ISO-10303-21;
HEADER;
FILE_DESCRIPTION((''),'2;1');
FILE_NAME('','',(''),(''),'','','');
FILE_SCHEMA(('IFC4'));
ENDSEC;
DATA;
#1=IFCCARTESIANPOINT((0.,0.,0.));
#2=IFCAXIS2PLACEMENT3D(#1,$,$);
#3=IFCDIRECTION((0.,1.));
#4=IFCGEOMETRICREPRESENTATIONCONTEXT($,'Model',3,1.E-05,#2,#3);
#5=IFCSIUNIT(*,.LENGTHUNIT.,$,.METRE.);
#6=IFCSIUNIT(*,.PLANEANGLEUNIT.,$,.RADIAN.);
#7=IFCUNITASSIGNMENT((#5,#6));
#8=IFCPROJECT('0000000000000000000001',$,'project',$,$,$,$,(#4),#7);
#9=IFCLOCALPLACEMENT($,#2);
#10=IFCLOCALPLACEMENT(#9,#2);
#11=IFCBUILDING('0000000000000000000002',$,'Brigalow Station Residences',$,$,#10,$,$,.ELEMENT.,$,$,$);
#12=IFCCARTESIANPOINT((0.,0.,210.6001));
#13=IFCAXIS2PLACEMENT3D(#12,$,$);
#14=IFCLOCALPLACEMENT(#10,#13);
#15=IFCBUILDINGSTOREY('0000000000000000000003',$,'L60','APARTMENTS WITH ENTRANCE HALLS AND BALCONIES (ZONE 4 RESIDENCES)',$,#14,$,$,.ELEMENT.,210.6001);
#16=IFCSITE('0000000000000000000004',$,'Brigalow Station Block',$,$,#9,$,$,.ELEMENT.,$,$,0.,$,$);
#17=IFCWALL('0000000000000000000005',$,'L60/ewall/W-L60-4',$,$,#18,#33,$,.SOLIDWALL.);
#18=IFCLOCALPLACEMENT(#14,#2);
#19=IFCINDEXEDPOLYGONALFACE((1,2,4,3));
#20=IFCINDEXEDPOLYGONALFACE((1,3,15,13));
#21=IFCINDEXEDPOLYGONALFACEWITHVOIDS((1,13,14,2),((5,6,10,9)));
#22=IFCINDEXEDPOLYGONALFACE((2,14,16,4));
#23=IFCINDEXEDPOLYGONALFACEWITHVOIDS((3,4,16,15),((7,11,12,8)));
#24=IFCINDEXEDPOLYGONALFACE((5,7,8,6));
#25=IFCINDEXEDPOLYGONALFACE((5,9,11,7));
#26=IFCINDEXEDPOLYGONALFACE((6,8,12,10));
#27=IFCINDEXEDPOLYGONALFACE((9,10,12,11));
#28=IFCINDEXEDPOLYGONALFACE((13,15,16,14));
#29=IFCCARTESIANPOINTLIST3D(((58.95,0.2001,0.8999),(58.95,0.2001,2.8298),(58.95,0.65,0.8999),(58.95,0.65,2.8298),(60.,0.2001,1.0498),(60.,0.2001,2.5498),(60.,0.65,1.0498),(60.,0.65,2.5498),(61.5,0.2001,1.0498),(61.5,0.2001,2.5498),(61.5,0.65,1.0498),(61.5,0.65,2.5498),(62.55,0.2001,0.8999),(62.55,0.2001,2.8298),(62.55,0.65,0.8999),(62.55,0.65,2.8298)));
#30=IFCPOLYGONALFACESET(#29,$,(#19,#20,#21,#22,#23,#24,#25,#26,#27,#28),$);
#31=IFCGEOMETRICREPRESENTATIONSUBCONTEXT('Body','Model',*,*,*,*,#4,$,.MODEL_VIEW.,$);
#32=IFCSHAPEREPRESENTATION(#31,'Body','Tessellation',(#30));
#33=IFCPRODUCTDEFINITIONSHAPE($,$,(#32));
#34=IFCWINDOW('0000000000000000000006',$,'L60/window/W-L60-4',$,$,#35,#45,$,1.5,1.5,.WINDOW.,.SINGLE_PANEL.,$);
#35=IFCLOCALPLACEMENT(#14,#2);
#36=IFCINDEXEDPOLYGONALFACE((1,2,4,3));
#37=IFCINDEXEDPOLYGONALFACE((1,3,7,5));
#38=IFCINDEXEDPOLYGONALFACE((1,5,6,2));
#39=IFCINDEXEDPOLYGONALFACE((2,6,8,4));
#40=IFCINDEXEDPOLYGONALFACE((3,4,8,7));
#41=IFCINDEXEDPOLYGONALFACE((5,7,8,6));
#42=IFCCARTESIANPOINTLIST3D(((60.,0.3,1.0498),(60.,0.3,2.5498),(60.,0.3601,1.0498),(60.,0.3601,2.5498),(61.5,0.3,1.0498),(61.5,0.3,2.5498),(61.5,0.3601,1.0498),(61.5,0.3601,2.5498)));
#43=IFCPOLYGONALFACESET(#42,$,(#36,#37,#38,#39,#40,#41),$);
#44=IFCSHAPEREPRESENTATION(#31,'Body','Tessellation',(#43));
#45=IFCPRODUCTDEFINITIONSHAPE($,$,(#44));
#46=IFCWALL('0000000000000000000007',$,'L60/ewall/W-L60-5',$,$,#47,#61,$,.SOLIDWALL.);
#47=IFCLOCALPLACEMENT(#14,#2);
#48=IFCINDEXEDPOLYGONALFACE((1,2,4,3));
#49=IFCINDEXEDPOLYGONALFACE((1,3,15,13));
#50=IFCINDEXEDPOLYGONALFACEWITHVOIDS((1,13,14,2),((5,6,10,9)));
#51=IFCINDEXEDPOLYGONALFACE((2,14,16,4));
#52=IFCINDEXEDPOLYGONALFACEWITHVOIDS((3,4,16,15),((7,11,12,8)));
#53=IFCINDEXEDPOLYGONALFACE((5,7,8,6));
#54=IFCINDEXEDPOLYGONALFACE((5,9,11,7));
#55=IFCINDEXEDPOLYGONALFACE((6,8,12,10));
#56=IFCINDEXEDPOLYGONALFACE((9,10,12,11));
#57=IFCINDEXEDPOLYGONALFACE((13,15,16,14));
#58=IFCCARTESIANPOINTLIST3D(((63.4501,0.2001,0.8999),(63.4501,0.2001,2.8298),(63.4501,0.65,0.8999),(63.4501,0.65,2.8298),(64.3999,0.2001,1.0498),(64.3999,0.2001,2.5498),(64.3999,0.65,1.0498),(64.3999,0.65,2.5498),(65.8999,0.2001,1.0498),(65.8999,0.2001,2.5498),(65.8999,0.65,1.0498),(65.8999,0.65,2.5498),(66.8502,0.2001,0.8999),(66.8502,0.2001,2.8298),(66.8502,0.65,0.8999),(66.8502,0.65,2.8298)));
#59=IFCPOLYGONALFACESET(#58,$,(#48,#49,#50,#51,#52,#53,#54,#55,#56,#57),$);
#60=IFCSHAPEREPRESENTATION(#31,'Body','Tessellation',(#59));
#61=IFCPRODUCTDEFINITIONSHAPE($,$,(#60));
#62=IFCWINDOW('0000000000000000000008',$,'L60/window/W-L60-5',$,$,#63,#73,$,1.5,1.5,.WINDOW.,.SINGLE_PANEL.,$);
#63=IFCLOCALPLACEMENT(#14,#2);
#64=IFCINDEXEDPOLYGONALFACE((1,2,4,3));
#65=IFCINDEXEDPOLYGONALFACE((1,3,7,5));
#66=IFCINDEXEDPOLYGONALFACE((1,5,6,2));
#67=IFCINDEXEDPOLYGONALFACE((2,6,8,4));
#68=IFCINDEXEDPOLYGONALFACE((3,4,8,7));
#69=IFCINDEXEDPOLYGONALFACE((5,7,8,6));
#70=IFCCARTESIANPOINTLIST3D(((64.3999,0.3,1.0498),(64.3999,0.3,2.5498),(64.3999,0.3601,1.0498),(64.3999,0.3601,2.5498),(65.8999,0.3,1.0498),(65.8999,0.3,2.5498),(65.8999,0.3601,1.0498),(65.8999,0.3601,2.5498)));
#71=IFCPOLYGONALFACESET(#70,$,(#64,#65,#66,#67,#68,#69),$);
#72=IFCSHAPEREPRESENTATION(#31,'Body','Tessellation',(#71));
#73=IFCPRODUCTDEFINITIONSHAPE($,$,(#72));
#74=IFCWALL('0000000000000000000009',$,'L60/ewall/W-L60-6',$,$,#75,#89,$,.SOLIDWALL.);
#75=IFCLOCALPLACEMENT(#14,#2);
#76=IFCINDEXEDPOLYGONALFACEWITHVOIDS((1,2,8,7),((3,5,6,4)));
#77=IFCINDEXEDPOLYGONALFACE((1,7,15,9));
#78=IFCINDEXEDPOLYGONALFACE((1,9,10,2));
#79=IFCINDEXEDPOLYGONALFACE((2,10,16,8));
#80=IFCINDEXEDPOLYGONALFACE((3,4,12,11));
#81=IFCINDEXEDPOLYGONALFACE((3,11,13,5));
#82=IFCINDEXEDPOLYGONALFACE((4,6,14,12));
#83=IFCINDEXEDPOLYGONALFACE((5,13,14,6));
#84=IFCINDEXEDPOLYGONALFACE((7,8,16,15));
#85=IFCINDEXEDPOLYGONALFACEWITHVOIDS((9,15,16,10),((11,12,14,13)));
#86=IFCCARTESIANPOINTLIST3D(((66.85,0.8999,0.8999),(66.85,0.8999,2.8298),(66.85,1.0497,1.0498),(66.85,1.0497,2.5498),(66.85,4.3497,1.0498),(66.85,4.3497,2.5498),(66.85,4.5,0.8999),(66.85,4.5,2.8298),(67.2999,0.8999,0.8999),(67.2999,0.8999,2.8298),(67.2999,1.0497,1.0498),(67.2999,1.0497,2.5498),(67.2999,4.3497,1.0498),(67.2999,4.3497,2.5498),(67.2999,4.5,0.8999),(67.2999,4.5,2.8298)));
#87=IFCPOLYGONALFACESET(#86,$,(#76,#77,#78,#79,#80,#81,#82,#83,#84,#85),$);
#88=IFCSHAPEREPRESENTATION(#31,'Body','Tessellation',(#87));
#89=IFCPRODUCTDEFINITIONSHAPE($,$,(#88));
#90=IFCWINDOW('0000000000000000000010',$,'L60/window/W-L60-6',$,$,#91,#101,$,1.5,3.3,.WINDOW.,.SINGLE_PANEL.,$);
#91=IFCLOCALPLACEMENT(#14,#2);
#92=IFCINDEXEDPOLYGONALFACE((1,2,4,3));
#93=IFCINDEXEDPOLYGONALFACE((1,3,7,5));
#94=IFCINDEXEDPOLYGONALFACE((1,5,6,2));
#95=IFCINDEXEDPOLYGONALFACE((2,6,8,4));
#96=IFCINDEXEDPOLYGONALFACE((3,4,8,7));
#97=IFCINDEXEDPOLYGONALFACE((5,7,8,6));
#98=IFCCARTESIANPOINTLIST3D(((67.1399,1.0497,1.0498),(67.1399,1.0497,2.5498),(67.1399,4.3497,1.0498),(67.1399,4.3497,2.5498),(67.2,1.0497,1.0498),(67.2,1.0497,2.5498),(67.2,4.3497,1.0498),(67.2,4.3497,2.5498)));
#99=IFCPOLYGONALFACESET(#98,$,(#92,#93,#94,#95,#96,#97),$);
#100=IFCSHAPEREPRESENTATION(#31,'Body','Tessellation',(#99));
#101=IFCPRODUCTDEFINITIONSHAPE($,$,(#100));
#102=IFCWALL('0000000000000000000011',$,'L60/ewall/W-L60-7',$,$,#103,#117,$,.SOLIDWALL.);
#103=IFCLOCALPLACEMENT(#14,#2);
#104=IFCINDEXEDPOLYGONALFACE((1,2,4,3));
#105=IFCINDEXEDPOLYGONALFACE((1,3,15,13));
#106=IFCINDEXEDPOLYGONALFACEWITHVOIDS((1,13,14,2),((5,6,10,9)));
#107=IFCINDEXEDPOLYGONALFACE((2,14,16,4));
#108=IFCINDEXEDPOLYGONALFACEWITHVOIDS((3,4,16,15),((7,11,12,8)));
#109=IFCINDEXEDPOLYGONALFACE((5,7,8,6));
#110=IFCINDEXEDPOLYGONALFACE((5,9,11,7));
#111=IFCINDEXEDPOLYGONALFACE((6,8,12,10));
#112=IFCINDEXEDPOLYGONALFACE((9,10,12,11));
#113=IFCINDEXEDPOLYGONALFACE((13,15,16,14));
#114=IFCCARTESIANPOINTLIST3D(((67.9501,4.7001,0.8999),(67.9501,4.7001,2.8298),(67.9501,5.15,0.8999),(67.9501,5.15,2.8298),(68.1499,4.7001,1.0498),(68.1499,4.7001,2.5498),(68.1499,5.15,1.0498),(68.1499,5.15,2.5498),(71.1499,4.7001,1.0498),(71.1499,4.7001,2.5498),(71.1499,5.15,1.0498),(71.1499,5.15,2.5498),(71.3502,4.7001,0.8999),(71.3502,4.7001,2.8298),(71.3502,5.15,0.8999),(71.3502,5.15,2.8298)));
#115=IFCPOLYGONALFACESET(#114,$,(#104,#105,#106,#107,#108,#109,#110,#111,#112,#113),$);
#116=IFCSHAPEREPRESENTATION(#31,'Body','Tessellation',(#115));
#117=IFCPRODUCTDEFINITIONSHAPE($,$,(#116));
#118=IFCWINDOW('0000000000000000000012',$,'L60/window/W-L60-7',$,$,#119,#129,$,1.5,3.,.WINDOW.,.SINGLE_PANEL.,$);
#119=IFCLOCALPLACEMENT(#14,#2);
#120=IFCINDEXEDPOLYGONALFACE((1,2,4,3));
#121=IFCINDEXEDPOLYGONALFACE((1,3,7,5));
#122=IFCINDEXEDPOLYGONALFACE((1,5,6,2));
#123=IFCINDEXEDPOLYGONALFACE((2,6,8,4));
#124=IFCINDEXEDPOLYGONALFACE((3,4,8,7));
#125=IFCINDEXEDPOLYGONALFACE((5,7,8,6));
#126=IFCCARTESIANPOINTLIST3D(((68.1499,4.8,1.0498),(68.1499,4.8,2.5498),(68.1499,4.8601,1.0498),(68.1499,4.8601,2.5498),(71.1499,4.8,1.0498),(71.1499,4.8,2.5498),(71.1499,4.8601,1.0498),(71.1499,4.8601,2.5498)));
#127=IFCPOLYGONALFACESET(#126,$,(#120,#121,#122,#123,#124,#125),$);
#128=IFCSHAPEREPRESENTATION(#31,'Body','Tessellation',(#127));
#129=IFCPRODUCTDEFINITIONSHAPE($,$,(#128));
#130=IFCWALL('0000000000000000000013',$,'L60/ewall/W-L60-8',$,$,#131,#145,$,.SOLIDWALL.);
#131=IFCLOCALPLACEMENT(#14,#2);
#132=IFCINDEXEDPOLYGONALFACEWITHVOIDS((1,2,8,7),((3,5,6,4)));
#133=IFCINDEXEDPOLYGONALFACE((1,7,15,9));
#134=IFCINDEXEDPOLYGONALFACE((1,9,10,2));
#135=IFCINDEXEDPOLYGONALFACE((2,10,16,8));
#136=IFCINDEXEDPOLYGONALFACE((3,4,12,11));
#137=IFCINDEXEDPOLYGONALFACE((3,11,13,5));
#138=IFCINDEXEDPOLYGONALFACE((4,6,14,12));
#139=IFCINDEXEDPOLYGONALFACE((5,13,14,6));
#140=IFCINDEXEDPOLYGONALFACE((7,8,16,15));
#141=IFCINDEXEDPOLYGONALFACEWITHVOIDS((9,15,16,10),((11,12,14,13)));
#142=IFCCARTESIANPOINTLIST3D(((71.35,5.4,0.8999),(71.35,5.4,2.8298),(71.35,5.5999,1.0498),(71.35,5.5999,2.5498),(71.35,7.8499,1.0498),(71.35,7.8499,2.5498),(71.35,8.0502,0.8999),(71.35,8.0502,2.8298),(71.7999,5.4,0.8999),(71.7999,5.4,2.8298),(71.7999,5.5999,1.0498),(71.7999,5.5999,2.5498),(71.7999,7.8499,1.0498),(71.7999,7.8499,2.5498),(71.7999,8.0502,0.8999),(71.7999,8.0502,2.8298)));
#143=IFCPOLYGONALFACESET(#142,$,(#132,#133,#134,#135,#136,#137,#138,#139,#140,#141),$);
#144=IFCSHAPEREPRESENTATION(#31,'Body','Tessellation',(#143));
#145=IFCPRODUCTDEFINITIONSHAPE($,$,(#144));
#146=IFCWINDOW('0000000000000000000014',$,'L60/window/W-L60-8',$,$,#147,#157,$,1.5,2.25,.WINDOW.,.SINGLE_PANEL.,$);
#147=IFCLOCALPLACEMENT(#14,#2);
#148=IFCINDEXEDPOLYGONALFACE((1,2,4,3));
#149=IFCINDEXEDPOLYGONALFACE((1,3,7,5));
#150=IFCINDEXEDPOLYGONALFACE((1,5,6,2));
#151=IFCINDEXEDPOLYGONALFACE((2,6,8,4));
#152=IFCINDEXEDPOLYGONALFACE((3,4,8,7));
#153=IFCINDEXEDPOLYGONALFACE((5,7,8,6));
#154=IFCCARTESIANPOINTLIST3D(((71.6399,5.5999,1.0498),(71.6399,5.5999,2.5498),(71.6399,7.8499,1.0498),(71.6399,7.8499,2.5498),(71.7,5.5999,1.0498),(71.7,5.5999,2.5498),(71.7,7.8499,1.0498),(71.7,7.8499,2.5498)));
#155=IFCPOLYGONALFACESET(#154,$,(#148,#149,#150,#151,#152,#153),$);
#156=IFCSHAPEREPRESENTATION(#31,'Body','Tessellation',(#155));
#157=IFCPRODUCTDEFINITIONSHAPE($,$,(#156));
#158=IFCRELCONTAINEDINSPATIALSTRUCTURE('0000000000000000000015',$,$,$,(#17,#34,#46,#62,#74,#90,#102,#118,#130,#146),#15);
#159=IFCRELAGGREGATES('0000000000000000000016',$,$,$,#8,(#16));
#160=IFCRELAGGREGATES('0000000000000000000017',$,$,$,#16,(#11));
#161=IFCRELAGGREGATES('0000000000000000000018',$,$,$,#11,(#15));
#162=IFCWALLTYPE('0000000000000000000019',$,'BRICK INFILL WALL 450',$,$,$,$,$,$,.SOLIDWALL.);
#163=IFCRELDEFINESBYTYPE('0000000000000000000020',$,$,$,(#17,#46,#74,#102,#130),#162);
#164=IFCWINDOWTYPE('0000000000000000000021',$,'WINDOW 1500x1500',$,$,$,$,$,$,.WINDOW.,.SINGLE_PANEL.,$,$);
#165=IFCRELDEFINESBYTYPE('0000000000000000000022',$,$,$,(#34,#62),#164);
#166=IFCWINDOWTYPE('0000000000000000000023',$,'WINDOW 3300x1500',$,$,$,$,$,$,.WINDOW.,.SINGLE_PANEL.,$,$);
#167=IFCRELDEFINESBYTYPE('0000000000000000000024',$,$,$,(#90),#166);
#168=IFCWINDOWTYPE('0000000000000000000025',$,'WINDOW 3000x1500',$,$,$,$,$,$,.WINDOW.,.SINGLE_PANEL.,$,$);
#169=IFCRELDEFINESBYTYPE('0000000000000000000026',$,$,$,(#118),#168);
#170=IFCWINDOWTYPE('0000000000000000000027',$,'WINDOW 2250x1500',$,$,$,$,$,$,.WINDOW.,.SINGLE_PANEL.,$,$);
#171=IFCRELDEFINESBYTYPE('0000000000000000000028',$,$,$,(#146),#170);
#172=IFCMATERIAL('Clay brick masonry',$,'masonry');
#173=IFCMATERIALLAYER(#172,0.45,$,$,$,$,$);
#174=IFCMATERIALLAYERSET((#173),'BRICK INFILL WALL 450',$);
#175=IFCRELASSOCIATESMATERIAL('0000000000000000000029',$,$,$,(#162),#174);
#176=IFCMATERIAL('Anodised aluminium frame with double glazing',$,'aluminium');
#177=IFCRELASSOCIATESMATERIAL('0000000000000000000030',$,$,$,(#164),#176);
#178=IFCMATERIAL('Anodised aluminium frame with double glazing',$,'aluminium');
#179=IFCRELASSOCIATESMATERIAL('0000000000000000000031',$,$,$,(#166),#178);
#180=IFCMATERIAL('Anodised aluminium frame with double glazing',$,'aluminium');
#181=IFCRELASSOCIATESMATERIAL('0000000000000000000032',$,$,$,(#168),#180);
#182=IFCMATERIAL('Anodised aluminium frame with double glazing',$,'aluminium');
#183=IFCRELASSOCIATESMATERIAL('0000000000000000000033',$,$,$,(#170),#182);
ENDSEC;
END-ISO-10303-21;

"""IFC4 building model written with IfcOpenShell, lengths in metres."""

from ifc_helpers import new_model, si_unit, direction, frame, frame_2d, origin, place, context, subcontext, project, spatial, rectangle, extrude, material, layer, layer_set, type_object, element, fill, save


model = new_model("IFC4")

# Units and contexts
model_context = context("Model", 3, precision=1e-05, world=origin(), true_north=direction((0.0, 1.0)))
body_context = subcontext(model_context, "Body", "Model", "MODEL_VIEW")
ifc_project = project(units=[si_unit("LENGTHUNIT", "METRE"), si_unit("PLANEANGLEUNIT", "RADIAN")], contexts=[model_context])

# Site, building, storey
site_placement = place(None, origin())
site = spatial("IfcSite", under=ifc_project, at=site_placement, Name="Brigalow Station Block", CompositionType="ELEMENT", RefElevation=0.0)
building_placement = place(site_placement, origin())
building = spatial("IfcBuilding", under=site, at=building_placement, Name="Brigalow Station Residences", CompositionType="ELEMENT")
storey_placement = place(building_placement, frame((0.0, 0.0, 210.6001)))
storey = spatial("IfcBuildingStorey", under=building, at=storey_placement, Name="L60", Description="APARTMENTS WITH ENTRANCE HALLS AND BALCONIES (ZONE 4 RESIDENCES)", CompositionType="ELEMENT", Elevation=210.6001)

# Walls, openings, windows
ifc_material_1 = material(Name="Clay brick masonry", Category="masonry")
ifc_layer_1 = layer(ifc_material_1, 0.45)
ifc_layer_set_1 = layer_set([ifc_layer_1], Name="BRICK INFILL WALL 450")
wall_type_1 = type_object("IfcWallType", Name="BRICK INFILL WALL 450", PredefinedType="SOLIDWALL", material=ifc_layer_set_1)
ifc_material_2 = material(Name="Anodised aluminium frame with double glazing", Category="aluminium")
window_type_1 = type_object("IfcWindowType", Name="WINDOW 1500x1500", PartitioningType="SINGLE_PANEL", PredefinedType="WINDOW", material=ifc_material_2)
wall_1_placement = place(storey_placement, frame((58.95, 0.425, 0.8999), z_axis=(0.0, 0.0, 1.0), x_axis=(1.0, 0.0, 0.0)))
wall_1 = element("IfcWall", 1, at=wall_1_placement, inside=storey, type_object=wall_type_1, Name="L60/ewall/W-L60-4", PredefinedType="SOLIDWALL", context=body_context, shape_type="SweptSolid", body=[
    extrude(rectangle(XDim=3.6001, YDim=0.45, at=frame_2d((1.8, 0.0))), origin(), (0.0, 0.0, 1.0), 1.9299),
])
opening_1_placement = place(wall_1_placement, frame((1.05, 0.0, 0.1499)))
opening_1 = element("IfcOpeningElement", 2, at=opening_1_placement, cuts=wall_1, PredefinedType="OPENING", context=body_context, shape_type="SweptSolid", body=[
    extrude(rectangle(XDim=1.5, YDim=1.5, at=frame_2d((0.75, 0.75))), frame((0.0, 0.2349, 0.0), z_axis=(0.0, -1.0, 0.0), x_axis=(1.0, 0.0, 0.0)), (0.0, 0.0, 1.0), 0.47),
])
window_1_placement = place(opening_1_placement, origin())
window_1 = element("IfcWindow", 3, at=window_1_placement, inside=storey, type_object=window_type_1, Name="L60/window/W-L60-4", OverallHeight=1.5, OverallWidth=1.5, PartitioningType="SINGLE_PANEL", PredefinedType="WINDOW", context=body_context, shape_type="SweptSolid", body=[
    extrude(rectangle(XDim=1.5, YDim=1.5, at=frame_2d((0.75, 0.75))), frame((0.0, -0.0649, 0.0), z_axis=(0.0, -1.0, 0.0), x_axis=(1.0, 0.0, 0.0)), (0.0, 0.0, 1.0), 0.0601),
])
fill(opening_1, window_1)
wall_2_placement = place(storey_placement, frame((63.45, 0.425, 0.8999), z_axis=(0.0, 0.0, 1.0), x_axis=(1.0, 0.0, 0.0)))
wall_2 = element("IfcWall", 4, at=wall_2_placement, inside=storey, type_object=wall_type_1, Name="L60/ewall/W-L60-5", PredefinedType="SOLIDWALL", context=body_context, shape_type="SweptSolid", body=[
    extrude(rectangle(XDim=3.4001, YDim=0.45, at=frame_2d((1.7002, 0.0))), origin(), (0.0, 0.0, 1.0), 1.9299),
])
opening_2_placement = place(wall_2_placement, frame((0.95, 0.0, 0.1499)))
opening_2 = element("IfcOpeningElement", 5, at=opening_2_placement, cuts=wall_2, PredefinedType="OPENING", context=body_context, shape_type="SweptSolid", body=[
    extrude(rectangle(XDim=1.5, YDim=1.5, at=frame_2d((0.75, 0.75))), frame((0.0, 0.2349, 0.0), z_axis=(0.0, -1.0, 0.0), x_axis=(1.0, 0.0, 0.0)), (0.0, 0.0, 1.0), 0.47),
])
window_2_placement = place(opening_2_placement, origin())
window_2 = element("IfcWindow", 6, at=window_2_placement, inside=storey, type_object=window_type_1, Name="L60/window/W-L60-5", OverallHeight=1.5, OverallWidth=1.5, PartitioningType="SINGLE_PANEL", PredefinedType="WINDOW", context=body_context, shape_type="SweptSolid", body=[
    extrude(rectangle(XDim=1.5, YDim=1.5, at=frame_2d((0.75, 0.75))), frame((0.0, -0.0649, 0.0), z_axis=(0.0, -1.0, 0.0), x_axis=(1.0, 0.0, 0.0)), (0.0, 0.0, 1.0), 0.0601),
])
fill(opening_2, window_2)
wall_3_placement = place(storey_placement, frame((67.075, 0.8999, 0.8999), z_axis=(0.0, 0.0, 1.0), x_axis=(0.0, 1.0, 0.0)))
wall_3 = element("IfcWall", 7, at=wall_3_placement, inside=storey, type_object=wall_type_1, Name="L60/ewall/W-L60-6", PredefinedType="SOLIDWALL", context=body_context, shape_type="SweptSolid", body=[
    extrude(rectangle(XDim=3.6001, YDim=0.45, at=frame_2d((1.8, 0.0))), origin(), (0.0, 0.0, 1.0), 1.9299),
])
opening_3_placement = place(wall_3_placement, frame((0.1499, 0.0, 0.1499)))
opening_3 = element("IfcOpeningElement", 8, at=opening_3_placement, cuts=wall_3, PredefinedType="OPENING", context=body_context, shape_type="SweptSolid", body=[
    extrude(rectangle(XDim=3.3, YDim=1.5, at=frame_2d((1.6499, 0.75))), frame((0.0, 0.2349, 0.0), z_axis=(0.0, -1.0, 0.0), x_axis=(1.0, 0.0, 0.0)), (0.0, 0.0, 1.0), 0.47),
])
ifc_material_3 = material(Name="Anodised aluminium frame with double glazing", Category="aluminium")
window_type_2 = type_object("IfcWindowType", Name="WINDOW 3300x1500", PartitioningType="SINGLE_PANEL", PredefinedType="WINDOW", material=ifc_material_3)
window_3_placement = place(opening_3_placement, origin())
window_3 = element("IfcWindow", 9, at=window_3_placement, inside=storey, type_object=window_type_2, Name="L60/window/W-L60-6", OverallHeight=1.5, OverallWidth=3.3, PartitioningType="SINGLE_PANEL", PredefinedType="WINDOW", context=body_context, shape_type="SweptSolid", body=[
    extrude(rectangle(XDim=3.3, YDim=1.5, at=frame_2d((1.6499, 0.75))), frame((0.0, -0.0649, 0.0), z_axis=(0.0, -1.0, 0.0), x_axis=(1.0, 0.0, 0.0)), (0.0, 0.0, 1.0), 0.0601),
])
fill(opening_3, window_3)
wall_4_placement = place(storey_placement, frame((67.95, 4.925, 0.8999), z_axis=(0.0, 0.0, 1.0), x_axis=(1.0, 0.0, 0.0)))
wall_4 = element("IfcWall", 10, at=wall_4_placement, inside=storey, type_object=wall_type_1, Name="L60/ewall/W-L60-7", PredefinedType="SOLIDWALL", context=body_context, shape_type="SweptSolid", body=[
    extrude(rectangle(XDim=3.4001, YDim=0.45, at=frame_2d((1.7002, 0.0))), origin(), (0.0, 0.0, 1.0), 1.9299),
])
opening_4_placement = place(wall_4_placement, frame((0.2, 0.0, 0.1499)))
opening_4 = element("IfcOpeningElement", 11, at=opening_4_placement, cuts=wall_4, PredefinedType="OPENING", context=body_context, shape_type="SweptSolid", body=[
    extrude(rectangle(XDim=3.0, YDim=1.5, at=frame_2d((1.5, 0.75))), frame((0.0, 0.2349, 0.0), z_axis=(0.0, -1.0, 0.0), x_axis=(1.0, 0.0, 0.0)), (0.0, 0.0, 1.0), 0.47),
])
ifc_material_4 = material(Name="Anodised aluminium frame with double glazing", Category="aluminium")
window_type_3 = type_object("IfcWindowType", Name="WINDOW 3000x1500", PartitioningType="SINGLE_PANEL", PredefinedType="WINDOW", material=ifc_material_4)
window_4_placement = place(opening_4_placement, origin())
window_4 = element("IfcWindow", 12, at=window_4_placement, inside=storey, type_object=window_type_3, Name="L60/window/W-L60-7", OverallHeight=1.5, OverallWidth=3.0, PartitioningType="SINGLE_PANEL", PredefinedType="WINDOW", context=body_context, shape_type="SweptSolid", body=[
    extrude(rectangle(XDim=3.0, YDim=1.5, at=frame_2d((1.5, 0.75))), frame((0.0, -0.0649, 0.0), z_axis=(0.0, -1.0, 0.0), x_axis=(1.0, 0.0, 0.0)), (0.0, 0.0, 1.0), 0.0601),
])
fill(opening_4, window_4)
wall_5_placement = place(storey_placement, frame((71.575, 5.3999, 0.8999), z_axis=(0.0, 0.0, 1.0), x_axis=(0.0, 1.0, 0.0)))
wall_5 = element("IfcWall", 13, at=wall_5_placement, inside=storey, type_object=wall_type_1, Name="L60/ewall/W-L60-8", PredefinedType="SOLIDWALL", context=body_context, shape_type="SweptSolid", body=[
    extrude(rectangle(XDim=2.6501, YDim=0.45, at=frame_2d((1.3252, 0.0))), origin(), (0.0, 0.0, 1.0), 1.9299),
])
opening_5_placement = place(wall_5_placement, frame((0.2, 0.0, 0.1499)))
opening_5 = element("IfcOpeningElement", 14, at=opening_5_placement, cuts=wall_5, PredefinedType="OPENING", context=body_context, shape_type="SweptSolid", body=[
    extrude(rectangle(XDim=2.25, YDim=1.5, at=frame_2d((1.125, 0.75))), frame((0.0, 0.2349, 0.0), z_axis=(0.0, -1.0, 0.0), x_axis=(1.0, 0.0, 0.0)), (0.0, 0.0, 1.0), 0.47),
])
ifc_material_5 = material(Name="Anodised aluminium frame with double glazing", Category="aluminium")
window_type_4 = type_object("IfcWindowType", Name="WINDOW 2250x1500", PartitioningType="SINGLE_PANEL", PredefinedType="WINDOW", material=ifc_material_5)
window_5_placement = place(opening_5_placement, origin())
window_5 = element("IfcWindow", 15, at=window_5_placement, inside=storey, type_object=window_type_4, Name="L60/window/W-L60-8", OverallHeight=1.5, OverallWidth=2.25, PartitioningType="SINGLE_PANEL", PredefinedType="WINDOW", context=body_context, shape_type="SweptSolid", body=[
    extrude(rectangle(XDim=2.25, YDim=1.5, at=frame_2d((1.125, 0.75))), frame((0.0, -0.0649, 0.0), z_axis=(0.0, -1.0, 0.0), x_axis=(1.0, 0.0, 0.0)), (0.0, 0.0, 1.0), 0.0601),
])
fill(opening_5, window_5)

save(model, "model.ifc")
